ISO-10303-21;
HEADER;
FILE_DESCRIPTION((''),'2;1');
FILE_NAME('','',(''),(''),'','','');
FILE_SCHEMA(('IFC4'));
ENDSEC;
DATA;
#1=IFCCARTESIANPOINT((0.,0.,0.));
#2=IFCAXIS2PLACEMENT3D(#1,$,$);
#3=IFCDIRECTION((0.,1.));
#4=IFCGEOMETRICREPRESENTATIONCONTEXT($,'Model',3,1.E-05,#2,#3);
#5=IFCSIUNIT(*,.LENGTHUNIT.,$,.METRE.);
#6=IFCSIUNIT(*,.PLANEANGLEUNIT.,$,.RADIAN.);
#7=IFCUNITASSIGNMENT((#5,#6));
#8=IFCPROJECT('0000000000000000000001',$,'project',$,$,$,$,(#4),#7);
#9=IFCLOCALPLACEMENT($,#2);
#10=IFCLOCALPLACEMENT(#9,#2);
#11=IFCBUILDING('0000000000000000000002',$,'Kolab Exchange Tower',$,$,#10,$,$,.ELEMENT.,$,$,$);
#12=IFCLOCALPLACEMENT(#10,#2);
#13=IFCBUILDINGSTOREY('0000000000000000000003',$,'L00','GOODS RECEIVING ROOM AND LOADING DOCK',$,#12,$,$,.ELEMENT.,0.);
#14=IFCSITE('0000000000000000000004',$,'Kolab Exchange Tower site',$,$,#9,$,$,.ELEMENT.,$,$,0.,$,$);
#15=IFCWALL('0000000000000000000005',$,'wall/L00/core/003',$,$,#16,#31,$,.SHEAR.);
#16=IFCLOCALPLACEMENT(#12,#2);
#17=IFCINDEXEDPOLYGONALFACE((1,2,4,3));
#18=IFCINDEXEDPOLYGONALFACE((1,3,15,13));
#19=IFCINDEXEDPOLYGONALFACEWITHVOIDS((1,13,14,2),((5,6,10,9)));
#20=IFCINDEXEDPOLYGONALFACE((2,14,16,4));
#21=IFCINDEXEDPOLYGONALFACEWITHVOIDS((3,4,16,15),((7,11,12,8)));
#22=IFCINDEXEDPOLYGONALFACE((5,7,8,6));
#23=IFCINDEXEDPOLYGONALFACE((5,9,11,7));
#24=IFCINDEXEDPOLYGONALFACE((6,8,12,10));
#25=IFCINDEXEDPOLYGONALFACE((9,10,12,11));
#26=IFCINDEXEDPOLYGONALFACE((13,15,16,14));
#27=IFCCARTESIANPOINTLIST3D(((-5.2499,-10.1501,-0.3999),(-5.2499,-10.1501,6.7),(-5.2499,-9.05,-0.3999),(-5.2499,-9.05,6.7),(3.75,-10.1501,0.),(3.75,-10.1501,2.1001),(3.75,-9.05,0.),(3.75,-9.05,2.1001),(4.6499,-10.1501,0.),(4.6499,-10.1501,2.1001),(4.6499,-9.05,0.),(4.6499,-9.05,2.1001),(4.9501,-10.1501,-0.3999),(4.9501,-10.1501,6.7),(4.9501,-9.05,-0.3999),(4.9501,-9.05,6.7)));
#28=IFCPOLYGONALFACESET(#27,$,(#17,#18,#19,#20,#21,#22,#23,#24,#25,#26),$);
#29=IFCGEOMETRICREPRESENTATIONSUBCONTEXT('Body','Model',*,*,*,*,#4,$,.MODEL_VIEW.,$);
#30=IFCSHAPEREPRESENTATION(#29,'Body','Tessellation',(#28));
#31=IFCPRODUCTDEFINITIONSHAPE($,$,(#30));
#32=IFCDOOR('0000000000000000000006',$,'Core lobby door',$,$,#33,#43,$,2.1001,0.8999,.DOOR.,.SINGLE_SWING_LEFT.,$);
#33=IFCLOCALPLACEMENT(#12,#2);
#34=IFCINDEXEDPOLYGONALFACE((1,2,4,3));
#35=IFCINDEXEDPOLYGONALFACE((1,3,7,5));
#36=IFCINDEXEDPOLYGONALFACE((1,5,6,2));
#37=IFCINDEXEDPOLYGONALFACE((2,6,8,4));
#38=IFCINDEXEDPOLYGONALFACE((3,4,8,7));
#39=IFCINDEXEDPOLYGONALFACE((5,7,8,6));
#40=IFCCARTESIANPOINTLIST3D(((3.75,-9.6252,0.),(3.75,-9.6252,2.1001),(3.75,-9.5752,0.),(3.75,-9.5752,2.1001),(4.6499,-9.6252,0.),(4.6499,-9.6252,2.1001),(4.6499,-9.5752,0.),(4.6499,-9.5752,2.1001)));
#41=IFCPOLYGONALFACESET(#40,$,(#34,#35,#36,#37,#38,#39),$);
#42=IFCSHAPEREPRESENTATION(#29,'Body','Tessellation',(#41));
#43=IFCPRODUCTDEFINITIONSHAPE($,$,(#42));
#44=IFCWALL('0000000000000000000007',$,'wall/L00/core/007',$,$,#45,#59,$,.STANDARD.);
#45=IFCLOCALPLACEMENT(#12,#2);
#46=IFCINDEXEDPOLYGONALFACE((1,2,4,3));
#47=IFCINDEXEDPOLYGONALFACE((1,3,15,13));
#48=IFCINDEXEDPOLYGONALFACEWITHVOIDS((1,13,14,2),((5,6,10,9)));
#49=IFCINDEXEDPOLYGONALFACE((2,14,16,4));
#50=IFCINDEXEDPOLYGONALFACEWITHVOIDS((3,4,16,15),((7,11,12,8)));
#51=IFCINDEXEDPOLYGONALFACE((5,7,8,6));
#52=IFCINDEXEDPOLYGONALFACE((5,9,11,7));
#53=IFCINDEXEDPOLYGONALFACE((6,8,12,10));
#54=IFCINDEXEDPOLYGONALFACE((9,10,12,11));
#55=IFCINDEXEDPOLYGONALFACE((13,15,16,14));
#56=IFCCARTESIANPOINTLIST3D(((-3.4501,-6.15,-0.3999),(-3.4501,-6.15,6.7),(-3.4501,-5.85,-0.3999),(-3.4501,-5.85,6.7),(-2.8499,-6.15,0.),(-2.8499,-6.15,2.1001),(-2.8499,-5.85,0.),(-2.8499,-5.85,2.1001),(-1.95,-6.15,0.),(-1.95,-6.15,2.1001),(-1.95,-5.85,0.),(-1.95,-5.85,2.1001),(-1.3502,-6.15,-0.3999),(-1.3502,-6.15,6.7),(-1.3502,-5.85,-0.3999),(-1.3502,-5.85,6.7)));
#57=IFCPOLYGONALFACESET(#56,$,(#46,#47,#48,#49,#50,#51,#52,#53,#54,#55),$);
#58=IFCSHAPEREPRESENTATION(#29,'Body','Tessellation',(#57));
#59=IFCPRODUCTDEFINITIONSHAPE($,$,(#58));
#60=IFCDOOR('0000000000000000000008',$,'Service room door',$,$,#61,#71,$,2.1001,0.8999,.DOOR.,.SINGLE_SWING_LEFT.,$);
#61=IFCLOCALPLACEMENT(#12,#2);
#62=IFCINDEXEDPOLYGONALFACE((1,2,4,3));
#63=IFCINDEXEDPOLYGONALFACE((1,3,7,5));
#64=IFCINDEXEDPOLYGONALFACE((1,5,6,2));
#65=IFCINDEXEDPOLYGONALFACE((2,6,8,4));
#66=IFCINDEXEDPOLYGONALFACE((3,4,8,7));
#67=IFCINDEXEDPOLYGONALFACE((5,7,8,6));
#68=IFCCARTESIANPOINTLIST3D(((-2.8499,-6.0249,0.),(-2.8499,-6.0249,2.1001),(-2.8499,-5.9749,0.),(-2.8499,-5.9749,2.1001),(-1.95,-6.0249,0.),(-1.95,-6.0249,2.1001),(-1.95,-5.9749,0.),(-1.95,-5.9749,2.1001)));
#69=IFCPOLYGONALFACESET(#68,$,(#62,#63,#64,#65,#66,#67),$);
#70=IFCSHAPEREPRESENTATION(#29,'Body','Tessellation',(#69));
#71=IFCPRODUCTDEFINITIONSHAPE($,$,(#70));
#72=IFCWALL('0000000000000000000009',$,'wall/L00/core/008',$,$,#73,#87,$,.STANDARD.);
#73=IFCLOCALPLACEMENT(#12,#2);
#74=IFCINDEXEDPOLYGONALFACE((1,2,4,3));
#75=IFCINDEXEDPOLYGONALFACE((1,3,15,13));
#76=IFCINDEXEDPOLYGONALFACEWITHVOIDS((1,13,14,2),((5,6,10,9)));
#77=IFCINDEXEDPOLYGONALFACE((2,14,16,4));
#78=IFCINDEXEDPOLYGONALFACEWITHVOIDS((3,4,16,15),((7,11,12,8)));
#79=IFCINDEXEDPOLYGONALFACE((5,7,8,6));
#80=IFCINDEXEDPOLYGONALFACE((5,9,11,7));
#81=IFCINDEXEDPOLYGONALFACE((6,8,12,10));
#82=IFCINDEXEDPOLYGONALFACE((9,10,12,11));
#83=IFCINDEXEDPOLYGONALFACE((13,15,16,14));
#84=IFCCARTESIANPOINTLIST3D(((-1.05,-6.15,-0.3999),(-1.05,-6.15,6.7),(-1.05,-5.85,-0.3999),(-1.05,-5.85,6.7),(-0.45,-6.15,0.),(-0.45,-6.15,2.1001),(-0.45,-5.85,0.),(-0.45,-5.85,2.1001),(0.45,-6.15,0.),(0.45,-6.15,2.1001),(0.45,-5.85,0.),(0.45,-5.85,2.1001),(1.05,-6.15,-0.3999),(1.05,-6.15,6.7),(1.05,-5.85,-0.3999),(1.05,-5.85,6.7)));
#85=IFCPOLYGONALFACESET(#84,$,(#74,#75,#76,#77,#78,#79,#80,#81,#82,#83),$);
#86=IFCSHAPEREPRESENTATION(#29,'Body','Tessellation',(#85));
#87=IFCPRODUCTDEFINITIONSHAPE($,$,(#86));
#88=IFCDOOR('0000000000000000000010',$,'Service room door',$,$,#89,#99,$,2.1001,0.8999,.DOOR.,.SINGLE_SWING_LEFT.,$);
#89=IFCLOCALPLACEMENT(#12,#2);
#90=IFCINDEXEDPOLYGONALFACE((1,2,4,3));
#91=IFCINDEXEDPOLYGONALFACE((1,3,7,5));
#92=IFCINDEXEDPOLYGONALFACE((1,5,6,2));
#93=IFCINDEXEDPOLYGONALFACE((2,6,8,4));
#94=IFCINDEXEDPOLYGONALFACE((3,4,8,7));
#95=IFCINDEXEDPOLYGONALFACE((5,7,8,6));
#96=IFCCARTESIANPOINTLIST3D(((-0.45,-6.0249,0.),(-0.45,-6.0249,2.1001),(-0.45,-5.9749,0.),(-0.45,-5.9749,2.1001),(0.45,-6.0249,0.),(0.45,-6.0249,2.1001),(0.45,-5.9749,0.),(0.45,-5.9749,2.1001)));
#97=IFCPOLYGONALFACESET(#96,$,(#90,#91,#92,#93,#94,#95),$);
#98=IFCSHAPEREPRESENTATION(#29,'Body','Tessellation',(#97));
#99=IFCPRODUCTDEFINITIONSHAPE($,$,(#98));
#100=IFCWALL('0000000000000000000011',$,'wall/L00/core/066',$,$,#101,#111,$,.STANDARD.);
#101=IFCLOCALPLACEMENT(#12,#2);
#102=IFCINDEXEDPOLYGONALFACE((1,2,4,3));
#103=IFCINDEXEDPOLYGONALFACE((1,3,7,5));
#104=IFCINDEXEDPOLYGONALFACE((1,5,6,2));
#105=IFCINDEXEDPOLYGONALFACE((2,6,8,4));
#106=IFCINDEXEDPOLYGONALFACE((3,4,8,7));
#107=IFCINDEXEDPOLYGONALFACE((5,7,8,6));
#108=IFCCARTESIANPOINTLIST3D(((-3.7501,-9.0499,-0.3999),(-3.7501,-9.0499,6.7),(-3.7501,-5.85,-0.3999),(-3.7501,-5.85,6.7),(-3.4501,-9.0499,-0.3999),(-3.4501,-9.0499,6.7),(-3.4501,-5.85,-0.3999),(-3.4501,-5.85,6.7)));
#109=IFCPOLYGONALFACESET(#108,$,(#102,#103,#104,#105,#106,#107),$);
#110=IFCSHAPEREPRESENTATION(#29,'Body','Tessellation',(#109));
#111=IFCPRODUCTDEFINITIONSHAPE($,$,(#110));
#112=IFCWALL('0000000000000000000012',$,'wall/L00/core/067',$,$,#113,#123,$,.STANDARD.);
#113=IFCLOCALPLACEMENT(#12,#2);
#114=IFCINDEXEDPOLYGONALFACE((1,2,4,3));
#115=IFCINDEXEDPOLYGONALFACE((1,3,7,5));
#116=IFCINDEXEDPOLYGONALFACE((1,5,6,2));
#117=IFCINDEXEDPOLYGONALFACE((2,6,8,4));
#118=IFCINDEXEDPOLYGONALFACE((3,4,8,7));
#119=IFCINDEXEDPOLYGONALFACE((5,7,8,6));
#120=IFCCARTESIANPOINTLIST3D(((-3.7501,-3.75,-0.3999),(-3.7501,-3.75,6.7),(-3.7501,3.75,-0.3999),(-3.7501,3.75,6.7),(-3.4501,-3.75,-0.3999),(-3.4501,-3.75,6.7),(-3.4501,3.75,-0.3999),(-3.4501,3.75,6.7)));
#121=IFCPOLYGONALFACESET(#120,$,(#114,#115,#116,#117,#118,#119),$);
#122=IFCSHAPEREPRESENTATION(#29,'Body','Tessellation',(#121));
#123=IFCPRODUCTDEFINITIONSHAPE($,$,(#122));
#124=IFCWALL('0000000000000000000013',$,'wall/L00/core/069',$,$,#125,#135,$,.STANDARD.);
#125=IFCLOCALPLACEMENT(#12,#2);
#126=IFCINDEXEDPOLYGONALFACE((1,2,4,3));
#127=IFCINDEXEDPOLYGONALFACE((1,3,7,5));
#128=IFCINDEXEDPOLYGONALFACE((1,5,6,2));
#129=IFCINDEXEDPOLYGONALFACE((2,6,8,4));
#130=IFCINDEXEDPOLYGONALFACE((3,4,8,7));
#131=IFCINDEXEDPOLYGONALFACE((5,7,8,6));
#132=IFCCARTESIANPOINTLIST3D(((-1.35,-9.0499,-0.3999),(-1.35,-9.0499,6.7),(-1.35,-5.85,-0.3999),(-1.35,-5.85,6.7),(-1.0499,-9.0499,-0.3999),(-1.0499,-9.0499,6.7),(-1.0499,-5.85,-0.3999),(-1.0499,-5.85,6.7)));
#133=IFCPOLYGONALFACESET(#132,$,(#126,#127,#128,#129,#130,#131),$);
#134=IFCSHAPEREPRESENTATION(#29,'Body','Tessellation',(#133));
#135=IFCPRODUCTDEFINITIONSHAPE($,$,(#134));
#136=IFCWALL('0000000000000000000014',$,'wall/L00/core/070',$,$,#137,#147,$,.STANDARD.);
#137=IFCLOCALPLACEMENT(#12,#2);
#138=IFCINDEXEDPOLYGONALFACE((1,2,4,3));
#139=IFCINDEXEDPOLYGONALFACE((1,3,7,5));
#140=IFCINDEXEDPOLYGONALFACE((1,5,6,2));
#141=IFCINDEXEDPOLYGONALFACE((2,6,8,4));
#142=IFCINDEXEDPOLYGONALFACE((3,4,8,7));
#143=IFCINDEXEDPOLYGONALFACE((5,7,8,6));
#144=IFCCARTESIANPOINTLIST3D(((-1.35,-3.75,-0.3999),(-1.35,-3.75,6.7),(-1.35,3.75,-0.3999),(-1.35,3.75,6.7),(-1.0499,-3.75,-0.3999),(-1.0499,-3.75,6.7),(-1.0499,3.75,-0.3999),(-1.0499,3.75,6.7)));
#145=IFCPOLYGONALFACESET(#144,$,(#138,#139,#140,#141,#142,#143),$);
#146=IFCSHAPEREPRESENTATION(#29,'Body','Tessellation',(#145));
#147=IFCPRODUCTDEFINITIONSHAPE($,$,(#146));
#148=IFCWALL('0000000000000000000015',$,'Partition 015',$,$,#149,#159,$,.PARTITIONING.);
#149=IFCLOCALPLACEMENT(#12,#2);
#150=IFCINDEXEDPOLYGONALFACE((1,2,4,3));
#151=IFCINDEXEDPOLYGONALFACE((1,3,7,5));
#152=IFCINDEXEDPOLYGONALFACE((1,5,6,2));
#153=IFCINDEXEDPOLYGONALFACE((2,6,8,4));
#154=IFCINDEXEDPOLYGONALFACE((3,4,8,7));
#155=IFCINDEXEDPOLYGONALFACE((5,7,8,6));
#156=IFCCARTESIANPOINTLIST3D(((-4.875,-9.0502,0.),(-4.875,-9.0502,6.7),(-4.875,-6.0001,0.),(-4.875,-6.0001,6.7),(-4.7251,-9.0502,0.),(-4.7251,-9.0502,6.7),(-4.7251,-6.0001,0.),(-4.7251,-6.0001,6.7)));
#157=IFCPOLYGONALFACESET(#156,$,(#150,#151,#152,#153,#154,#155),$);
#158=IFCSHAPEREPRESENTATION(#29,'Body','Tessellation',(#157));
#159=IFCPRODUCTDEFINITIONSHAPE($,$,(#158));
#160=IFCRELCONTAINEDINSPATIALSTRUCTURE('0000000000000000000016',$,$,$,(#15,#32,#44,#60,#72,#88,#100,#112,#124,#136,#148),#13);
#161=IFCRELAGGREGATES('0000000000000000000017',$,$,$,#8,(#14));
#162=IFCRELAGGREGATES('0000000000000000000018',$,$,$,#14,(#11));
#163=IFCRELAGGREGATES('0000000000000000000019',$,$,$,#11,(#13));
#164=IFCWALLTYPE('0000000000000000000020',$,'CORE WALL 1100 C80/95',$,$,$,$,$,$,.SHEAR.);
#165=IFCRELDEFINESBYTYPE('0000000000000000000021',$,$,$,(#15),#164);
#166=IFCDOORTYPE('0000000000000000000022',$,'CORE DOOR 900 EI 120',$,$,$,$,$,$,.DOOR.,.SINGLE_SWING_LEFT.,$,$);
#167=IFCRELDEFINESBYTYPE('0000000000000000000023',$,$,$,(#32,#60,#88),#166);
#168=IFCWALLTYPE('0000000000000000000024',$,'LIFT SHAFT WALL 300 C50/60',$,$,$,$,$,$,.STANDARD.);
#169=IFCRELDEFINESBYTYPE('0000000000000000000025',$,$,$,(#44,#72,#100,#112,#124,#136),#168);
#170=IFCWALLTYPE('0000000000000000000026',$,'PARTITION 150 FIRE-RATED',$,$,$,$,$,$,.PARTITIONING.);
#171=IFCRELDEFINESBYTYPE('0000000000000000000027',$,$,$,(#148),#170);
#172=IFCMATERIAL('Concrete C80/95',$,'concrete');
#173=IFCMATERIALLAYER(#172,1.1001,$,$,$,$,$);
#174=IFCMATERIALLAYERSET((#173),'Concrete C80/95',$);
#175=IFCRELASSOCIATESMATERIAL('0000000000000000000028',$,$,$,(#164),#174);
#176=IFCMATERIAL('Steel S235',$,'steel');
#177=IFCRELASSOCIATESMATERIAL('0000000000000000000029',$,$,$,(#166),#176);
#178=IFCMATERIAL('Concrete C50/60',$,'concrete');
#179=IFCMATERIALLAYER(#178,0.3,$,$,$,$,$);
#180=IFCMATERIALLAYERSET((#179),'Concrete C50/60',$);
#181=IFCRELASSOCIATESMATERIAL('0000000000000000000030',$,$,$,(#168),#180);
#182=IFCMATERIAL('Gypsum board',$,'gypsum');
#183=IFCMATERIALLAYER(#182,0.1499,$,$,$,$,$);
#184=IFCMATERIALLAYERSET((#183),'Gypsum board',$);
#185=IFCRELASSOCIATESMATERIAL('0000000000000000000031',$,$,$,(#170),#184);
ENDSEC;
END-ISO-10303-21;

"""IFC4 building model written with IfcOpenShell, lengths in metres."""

from ifc_helpers import new_model, si_unit, direction, frame, frame_2d, origin, place, context, subcontext, project, spatial, rectangle, extrude, material, layer, layer_set, type_object, element, fill, save


model = new_model("IFC4")

# Units and contexts
model_context = context("Model", 3, precision=1e-05, world=origin(), true_north=direction((0.0, 1.0)))
body_context = subcontext(model_context, "Body", "Model", "MODEL_VIEW")
ifc_project = project(units=[si_unit("LENGTHUNIT", "METRE"), si_unit("PLANEANGLEUNIT", "RADIAN")], contexts=[model_context])

# Site, building, storey
site_placement = place(None, origin())
site = spatial("IfcSite", under=ifc_project, at=site_placement, Name="Kolab Exchange Tower site", CompositionType="ELEMENT", RefElevation=0.0)
building_placement = place(site_placement, origin())
building = spatial("IfcBuilding", under=site, at=building_placement, Name="Kolab Exchange Tower", CompositionType="ELEMENT")
storey_placement = place(building_placement, origin())
storey = spatial("IfcBuildingStorey", under=building, at=storey_placement, Name="L00", Description="GOODS RECEIVING ROOM AND LOADING DOCK", CompositionType="ELEMENT", Elevation=0.0)

# Walls, openings, doors
ifc_material_1 = material(Name="Concrete C80/95", Category="concrete")
ifc_layer_1 = layer(ifc_material_1, 1.1001)
ifc_layer_set_1 = layer_set([ifc_layer_1], Name="Concrete C80/95")
wall_type_1 = type_object("IfcWallType", Name="CORE WALL 1100 C80/95", PredefinedType="SHEAR", material=ifc_layer_set_1)
wall_1_placement = place(storey_placement, frame((-5.25, -9.6001, -0.3999), z_axis=(0.0, 0.0, 1.0), x_axis=(1.0, 0.0, 0.0)))
wall_1 = element("IfcWall", 1, at=wall_1_placement, inside=storey, type_object=wall_type_1, Name="wall/L00/core/003", PredefinedType="SHEAR", context=body_context, shape_type="SweptSolid", body=[
    extrude(rectangle(XDim=10.2, YDim=1.1001, at=frame_2d((5.1001, 0.0))), origin(), (0.0, 0.0, 1.0), 7.0999),
])
opening_1_placement = place(wall_1_placement, frame((9.0, 0.0, 0.3999)))
opening_1 = element("IfcOpeningElement", 2, at=opening_1_placement, cuts=wall_1, PredefinedType="OPENING", context=body_context, shape_type="SweptSolid", body=[
    extrude(rectangle(XDim=0.8999, YDim=2.1001, at=frame_2d((0.45, 1.05))), frame((0.0, 0.5601, 0.0), z_axis=(0.0, -1.0, 0.0), x_axis=(1.0, 0.0, 0.0)), (0.0, 0.0, 1.0), 1.1201),
])
ifc_material_2 = material(Name="Steel S235", Category="steel")
door_type_1 = type_object("IfcDoorType", Name="CORE DOOR 900 EI 120", OperationType="SINGLE_SWING_LEFT", PredefinedType="DOOR", material=ifc_material_2)
door_1_placement = place(opening_1_placement, origin())
door_1 = element("IfcDoor", 3, at=door_1_placement, inside=storey, type_object=door_type_1, Name="Core lobby door", OperationType="SINGLE_SWING_LEFT", OverallHeight=2.1001, OverallWidth=0.8999, PredefinedType="DOOR", context=body_context, shape_type="SweptSolid", body=[
    extrude(rectangle(XDim=0.8999, YDim=2.1001, at=frame_2d((0.45, 1.05))), frame((0.0, 0.0249, 0.0), z_axis=(0.0, -1.0, 0.0), x_axis=(1.0, 0.0, 0.0)), (0.0, 0.0, 1.0), 0.05),
])
fill(opening_1, door_1)
ifc_material_3 = material(Name="Concrete C50/60", Category="concrete")
ifc_layer_2 = layer(ifc_material_3, 0.3)
ifc_layer_set_2 = layer_set([ifc_layer_2], Name="Concrete C50/60")
wall_type_2 = type_object("IfcWallType", Name="LIFT SHAFT WALL 300 C50/60", PredefinedType="STANDARD", material=ifc_layer_set_2)
wall_2_placement = place(storey_placement, frame((-3.45, -6.0, -0.3999), z_axis=(0.0, 0.0, 1.0), x_axis=(1.0, 0.0, 0.0)))
wall_2 = element("IfcWall", 4, at=wall_2_placement, inside=storey, type_object=wall_type_2, Name="wall/L00/core/007", PredefinedType="STANDARD", context=body_context, shape_type="SweptSolid", body=[
    extrude(rectangle(XDim=2.0999, YDim=0.3, at=frame_2d((1.0498, 0.0))), origin(), (0.0, 0.0, 1.0), 7.0999),
])
opening_2_placement = place(wall_2_placement, frame((0.6001, 0.0, 0.3999)))
opening_2 = element("IfcOpeningElement", 5, at=opening_2_placement, cuts=wall_2, PredefinedType="OPENING", context=body_context, shape_type="SweptSolid", body=[
    extrude(rectangle(XDim=0.8999, YDim=2.1001, at=frame_2d((0.45, 1.05))), frame((0.0, 0.1602, 0.0), z_axis=(0.0, -1.0, 0.0), x_axis=(1.0, 0.0, 0.0)), (0.0, 0.0, 1.0), 0.3201),
])
door_2_placement = place(opening_2_placement, frame((0.8999, 0.0, 0.0), z_axis=(0.0, 0.0, 1.0), x_axis=(-1.0, 0.0, 0.0)))
door_2 = element("IfcDoor", 6, at=door_2_placement, inside=storey, type_object=door_type_1, Name="Service room door", OperationType="SINGLE_SWING_LEFT", OverallHeight=2.1001, OverallWidth=0.8999, PredefinedType="DOOR", context=body_context, shape_type="SweptSolid", body=[
    extrude(rectangle(XDim=0.8999, YDim=2.1001, at=frame_2d((0.45, 1.05))), frame((0.0, 0.0249, 0.0), z_axis=(0.0, -1.0, 0.0), x_axis=(1.0, 0.0, 0.0)), (0.0, 0.0, 1.0), 0.05),
])
fill(opening_2, door_2)
wall_3_placement = place(storey_placement, frame((-1.05, -6.0, -0.3999), z_axis=(0.0, 0.0, 1.0), x_axis=(1.0, 0.0, 0.0)))
wall_3 = element("IfcWall", 7, at=wall_3_placement, inside=storey, type_object=wall_type_2, Name="wall/L00/core/008", PredefinedType="STANDARD", context=body_context, shape_type="SweptSolid", body=[
    extrude(rectangle(XDim=2.1001, YDim=0.3, at=frame_2d((1.05, 0.0))), origin(), (0.0, 0.0, 1.0), 7.0999),
])
opening_3_placement = place(wall_3_placement, frame((0.6001, 0.0, 0.3999)))
opening_3 = element("IfcOpeningElement", 8, at=opening_3_placement, cuts=wall_3, PredefinedType="OPENING", context=body_context, shape_type="SweptSolid", body=[
    extrude(rectangle(XDim=0.8999, YDim=2.1001, at=frame_2d((0.45, 1.05))), frame((0.0, 0.1602, 0.0), z_axis=(0.0, -1.0, 0.0), x_axis=(1.0, 0.0, 0.0)), (0.0, 0.0, 1.0), 0.3201),
])
door_3_placement = place(opening_3_placement, frame((0.8999, 0.0, 0.0), z_axis=(0.0, 0.0, 1.0), x_axis=(-1.0, 0.0, 0.0)))
door_3 = element("IfcDoor", 9, at=door_3_placement, inside=storey, type_object=door_type_1, Name="Service room door", OperationType="SINGLE_SWING_LEFT", OverallHeight=2.1001, OverallWidth=0.8999, PredefinedType="DOOR", context=body_context, shape_type="SweptSolid", body=[
    extrude(rectangle(XDim=0.8999, YDim=2.1001, at=frame_2d((0.45, 1.05))), frame((0.0, 0.0249, 0.0), z_axis=(0.0, -1.0, 0.0), x_axis=(1.0, 0.0, 0.0)), (0.0, 0.0, 1.0), 0.05),
])
fill(opening_3, door_3)

# Walls
wall_4_placement = place(storey_placement, frame((-3.6001, -9.05, -0.3999), z_axis=(0.0, 0.0, 1.0), x_axis=(0.0, 1.0, 0.0)))
element("IfcWall", 10, at=wall_4_placement, inside=storey, type_object=wall_type_2, Name="wall/L00/core/066", PredefinedType="STANDARD", context=body_context, shape_type="SweptSolid", body=[
    extrude(rectangle(XDim=3.2, YDim=0.3, at=frame_2d((1.6001, 0.0))), origin(), (0.0, 0.0, 1.0), 7.0999),
])
wall_5_placement = place(storey_placement, frame((-3.6001, -3.75, -0.3999), z_axis=(0.0, 0.0, 1.0), x_axis=(0.0, 1.0, 0.0)))
element("IfcWall", 11, at=wall_5_placement, inside=storey, type_object=wall_type_2, Name="wall/L00/core/067", PredefinedType="STANDARD", context=body_context, shape_type="SweptSolid", body=[
    extrude(rectangle(XDim=7.5, YDim=0.3, at=frame_2d((3.75, 0.0))), origin(), (0.0, 0.0, 1.0), 7.0999),
])
wall_6_placement = place(storey_placement, frame((-1.2, -9.05, -0.3999), z_axis=(0.0, 0.0, 1.0), x_axis=(0.0, 1.0, 0.0)))
element("IfcWall", 12, at=wall_6_placement, inside=storey, type_object=wall_type_2, Name="wall/L00/core/069", PredefinedType="STANDARD", context=body_context, shape_type="SweptSolid", body=[
    extrude(rectangle(XDim=3.2, YDim=0.3, at=frame_2d((1.6001, 0.0))), origin(), (0.0, 0.0, 1.0), 7.0999),
])
wall_7_placement = place(storey_placement, frame((-1.2, -3.75, -0.3999), z_axis=(0.0, 0.0, 1.0), x_axis=(0.0, 1.0, 0.0)))
element("IfcWall", 13, at=wall_7_placement, inside=storey, type_object=wall_type_2, Name="wall/L00/core/070", PredefinedType="STANDARD", context=body_context, shape_type="SweptSolid", body=[
    extrude(rectangle(XDim=7.5, YDim=0.3, at=frame_2d((3.75, 0.0))), origin(), (0.0, 0.0, 1.0), 7.0999),
])
ifc_material_4 = material(Name="Gypsum board", Category="gypsum")
ifc_layer_3 = layer(ifc_material_4, 0.1499)
ifc_layer_set_3 = layer_set([ifc_layer_3], Name="Gypsum board")
wall_type_3 = type_object("IfcWallType", Name="PARTITION 150 FIRE-RATED", PredefinedType="PARTITIONING", material=ifc_layer_set_3)
wall_8_placement = place(storey_placement, frame((-4.8, -9.05, 0.0), z_axis=(0.0, 0.0, 1.0), x_axis=(0.0, 1.0, 0.0)))
element("IfcWall", 14, at=wall_8_placement, inside=storey, type_object=wall_type_3, Name="Partition 015", PredefinedType="PARTITIONING", context=body_context, shape_type="SweptSolid", body=[
    extrude(rectangle(XDim=3.05, YDim=0.1499, at=frame_2d((1.5249, 0.0))), origin(), (0.0, 0.0, 1.0), 6.7),
])

save(model, "model.ifc")
